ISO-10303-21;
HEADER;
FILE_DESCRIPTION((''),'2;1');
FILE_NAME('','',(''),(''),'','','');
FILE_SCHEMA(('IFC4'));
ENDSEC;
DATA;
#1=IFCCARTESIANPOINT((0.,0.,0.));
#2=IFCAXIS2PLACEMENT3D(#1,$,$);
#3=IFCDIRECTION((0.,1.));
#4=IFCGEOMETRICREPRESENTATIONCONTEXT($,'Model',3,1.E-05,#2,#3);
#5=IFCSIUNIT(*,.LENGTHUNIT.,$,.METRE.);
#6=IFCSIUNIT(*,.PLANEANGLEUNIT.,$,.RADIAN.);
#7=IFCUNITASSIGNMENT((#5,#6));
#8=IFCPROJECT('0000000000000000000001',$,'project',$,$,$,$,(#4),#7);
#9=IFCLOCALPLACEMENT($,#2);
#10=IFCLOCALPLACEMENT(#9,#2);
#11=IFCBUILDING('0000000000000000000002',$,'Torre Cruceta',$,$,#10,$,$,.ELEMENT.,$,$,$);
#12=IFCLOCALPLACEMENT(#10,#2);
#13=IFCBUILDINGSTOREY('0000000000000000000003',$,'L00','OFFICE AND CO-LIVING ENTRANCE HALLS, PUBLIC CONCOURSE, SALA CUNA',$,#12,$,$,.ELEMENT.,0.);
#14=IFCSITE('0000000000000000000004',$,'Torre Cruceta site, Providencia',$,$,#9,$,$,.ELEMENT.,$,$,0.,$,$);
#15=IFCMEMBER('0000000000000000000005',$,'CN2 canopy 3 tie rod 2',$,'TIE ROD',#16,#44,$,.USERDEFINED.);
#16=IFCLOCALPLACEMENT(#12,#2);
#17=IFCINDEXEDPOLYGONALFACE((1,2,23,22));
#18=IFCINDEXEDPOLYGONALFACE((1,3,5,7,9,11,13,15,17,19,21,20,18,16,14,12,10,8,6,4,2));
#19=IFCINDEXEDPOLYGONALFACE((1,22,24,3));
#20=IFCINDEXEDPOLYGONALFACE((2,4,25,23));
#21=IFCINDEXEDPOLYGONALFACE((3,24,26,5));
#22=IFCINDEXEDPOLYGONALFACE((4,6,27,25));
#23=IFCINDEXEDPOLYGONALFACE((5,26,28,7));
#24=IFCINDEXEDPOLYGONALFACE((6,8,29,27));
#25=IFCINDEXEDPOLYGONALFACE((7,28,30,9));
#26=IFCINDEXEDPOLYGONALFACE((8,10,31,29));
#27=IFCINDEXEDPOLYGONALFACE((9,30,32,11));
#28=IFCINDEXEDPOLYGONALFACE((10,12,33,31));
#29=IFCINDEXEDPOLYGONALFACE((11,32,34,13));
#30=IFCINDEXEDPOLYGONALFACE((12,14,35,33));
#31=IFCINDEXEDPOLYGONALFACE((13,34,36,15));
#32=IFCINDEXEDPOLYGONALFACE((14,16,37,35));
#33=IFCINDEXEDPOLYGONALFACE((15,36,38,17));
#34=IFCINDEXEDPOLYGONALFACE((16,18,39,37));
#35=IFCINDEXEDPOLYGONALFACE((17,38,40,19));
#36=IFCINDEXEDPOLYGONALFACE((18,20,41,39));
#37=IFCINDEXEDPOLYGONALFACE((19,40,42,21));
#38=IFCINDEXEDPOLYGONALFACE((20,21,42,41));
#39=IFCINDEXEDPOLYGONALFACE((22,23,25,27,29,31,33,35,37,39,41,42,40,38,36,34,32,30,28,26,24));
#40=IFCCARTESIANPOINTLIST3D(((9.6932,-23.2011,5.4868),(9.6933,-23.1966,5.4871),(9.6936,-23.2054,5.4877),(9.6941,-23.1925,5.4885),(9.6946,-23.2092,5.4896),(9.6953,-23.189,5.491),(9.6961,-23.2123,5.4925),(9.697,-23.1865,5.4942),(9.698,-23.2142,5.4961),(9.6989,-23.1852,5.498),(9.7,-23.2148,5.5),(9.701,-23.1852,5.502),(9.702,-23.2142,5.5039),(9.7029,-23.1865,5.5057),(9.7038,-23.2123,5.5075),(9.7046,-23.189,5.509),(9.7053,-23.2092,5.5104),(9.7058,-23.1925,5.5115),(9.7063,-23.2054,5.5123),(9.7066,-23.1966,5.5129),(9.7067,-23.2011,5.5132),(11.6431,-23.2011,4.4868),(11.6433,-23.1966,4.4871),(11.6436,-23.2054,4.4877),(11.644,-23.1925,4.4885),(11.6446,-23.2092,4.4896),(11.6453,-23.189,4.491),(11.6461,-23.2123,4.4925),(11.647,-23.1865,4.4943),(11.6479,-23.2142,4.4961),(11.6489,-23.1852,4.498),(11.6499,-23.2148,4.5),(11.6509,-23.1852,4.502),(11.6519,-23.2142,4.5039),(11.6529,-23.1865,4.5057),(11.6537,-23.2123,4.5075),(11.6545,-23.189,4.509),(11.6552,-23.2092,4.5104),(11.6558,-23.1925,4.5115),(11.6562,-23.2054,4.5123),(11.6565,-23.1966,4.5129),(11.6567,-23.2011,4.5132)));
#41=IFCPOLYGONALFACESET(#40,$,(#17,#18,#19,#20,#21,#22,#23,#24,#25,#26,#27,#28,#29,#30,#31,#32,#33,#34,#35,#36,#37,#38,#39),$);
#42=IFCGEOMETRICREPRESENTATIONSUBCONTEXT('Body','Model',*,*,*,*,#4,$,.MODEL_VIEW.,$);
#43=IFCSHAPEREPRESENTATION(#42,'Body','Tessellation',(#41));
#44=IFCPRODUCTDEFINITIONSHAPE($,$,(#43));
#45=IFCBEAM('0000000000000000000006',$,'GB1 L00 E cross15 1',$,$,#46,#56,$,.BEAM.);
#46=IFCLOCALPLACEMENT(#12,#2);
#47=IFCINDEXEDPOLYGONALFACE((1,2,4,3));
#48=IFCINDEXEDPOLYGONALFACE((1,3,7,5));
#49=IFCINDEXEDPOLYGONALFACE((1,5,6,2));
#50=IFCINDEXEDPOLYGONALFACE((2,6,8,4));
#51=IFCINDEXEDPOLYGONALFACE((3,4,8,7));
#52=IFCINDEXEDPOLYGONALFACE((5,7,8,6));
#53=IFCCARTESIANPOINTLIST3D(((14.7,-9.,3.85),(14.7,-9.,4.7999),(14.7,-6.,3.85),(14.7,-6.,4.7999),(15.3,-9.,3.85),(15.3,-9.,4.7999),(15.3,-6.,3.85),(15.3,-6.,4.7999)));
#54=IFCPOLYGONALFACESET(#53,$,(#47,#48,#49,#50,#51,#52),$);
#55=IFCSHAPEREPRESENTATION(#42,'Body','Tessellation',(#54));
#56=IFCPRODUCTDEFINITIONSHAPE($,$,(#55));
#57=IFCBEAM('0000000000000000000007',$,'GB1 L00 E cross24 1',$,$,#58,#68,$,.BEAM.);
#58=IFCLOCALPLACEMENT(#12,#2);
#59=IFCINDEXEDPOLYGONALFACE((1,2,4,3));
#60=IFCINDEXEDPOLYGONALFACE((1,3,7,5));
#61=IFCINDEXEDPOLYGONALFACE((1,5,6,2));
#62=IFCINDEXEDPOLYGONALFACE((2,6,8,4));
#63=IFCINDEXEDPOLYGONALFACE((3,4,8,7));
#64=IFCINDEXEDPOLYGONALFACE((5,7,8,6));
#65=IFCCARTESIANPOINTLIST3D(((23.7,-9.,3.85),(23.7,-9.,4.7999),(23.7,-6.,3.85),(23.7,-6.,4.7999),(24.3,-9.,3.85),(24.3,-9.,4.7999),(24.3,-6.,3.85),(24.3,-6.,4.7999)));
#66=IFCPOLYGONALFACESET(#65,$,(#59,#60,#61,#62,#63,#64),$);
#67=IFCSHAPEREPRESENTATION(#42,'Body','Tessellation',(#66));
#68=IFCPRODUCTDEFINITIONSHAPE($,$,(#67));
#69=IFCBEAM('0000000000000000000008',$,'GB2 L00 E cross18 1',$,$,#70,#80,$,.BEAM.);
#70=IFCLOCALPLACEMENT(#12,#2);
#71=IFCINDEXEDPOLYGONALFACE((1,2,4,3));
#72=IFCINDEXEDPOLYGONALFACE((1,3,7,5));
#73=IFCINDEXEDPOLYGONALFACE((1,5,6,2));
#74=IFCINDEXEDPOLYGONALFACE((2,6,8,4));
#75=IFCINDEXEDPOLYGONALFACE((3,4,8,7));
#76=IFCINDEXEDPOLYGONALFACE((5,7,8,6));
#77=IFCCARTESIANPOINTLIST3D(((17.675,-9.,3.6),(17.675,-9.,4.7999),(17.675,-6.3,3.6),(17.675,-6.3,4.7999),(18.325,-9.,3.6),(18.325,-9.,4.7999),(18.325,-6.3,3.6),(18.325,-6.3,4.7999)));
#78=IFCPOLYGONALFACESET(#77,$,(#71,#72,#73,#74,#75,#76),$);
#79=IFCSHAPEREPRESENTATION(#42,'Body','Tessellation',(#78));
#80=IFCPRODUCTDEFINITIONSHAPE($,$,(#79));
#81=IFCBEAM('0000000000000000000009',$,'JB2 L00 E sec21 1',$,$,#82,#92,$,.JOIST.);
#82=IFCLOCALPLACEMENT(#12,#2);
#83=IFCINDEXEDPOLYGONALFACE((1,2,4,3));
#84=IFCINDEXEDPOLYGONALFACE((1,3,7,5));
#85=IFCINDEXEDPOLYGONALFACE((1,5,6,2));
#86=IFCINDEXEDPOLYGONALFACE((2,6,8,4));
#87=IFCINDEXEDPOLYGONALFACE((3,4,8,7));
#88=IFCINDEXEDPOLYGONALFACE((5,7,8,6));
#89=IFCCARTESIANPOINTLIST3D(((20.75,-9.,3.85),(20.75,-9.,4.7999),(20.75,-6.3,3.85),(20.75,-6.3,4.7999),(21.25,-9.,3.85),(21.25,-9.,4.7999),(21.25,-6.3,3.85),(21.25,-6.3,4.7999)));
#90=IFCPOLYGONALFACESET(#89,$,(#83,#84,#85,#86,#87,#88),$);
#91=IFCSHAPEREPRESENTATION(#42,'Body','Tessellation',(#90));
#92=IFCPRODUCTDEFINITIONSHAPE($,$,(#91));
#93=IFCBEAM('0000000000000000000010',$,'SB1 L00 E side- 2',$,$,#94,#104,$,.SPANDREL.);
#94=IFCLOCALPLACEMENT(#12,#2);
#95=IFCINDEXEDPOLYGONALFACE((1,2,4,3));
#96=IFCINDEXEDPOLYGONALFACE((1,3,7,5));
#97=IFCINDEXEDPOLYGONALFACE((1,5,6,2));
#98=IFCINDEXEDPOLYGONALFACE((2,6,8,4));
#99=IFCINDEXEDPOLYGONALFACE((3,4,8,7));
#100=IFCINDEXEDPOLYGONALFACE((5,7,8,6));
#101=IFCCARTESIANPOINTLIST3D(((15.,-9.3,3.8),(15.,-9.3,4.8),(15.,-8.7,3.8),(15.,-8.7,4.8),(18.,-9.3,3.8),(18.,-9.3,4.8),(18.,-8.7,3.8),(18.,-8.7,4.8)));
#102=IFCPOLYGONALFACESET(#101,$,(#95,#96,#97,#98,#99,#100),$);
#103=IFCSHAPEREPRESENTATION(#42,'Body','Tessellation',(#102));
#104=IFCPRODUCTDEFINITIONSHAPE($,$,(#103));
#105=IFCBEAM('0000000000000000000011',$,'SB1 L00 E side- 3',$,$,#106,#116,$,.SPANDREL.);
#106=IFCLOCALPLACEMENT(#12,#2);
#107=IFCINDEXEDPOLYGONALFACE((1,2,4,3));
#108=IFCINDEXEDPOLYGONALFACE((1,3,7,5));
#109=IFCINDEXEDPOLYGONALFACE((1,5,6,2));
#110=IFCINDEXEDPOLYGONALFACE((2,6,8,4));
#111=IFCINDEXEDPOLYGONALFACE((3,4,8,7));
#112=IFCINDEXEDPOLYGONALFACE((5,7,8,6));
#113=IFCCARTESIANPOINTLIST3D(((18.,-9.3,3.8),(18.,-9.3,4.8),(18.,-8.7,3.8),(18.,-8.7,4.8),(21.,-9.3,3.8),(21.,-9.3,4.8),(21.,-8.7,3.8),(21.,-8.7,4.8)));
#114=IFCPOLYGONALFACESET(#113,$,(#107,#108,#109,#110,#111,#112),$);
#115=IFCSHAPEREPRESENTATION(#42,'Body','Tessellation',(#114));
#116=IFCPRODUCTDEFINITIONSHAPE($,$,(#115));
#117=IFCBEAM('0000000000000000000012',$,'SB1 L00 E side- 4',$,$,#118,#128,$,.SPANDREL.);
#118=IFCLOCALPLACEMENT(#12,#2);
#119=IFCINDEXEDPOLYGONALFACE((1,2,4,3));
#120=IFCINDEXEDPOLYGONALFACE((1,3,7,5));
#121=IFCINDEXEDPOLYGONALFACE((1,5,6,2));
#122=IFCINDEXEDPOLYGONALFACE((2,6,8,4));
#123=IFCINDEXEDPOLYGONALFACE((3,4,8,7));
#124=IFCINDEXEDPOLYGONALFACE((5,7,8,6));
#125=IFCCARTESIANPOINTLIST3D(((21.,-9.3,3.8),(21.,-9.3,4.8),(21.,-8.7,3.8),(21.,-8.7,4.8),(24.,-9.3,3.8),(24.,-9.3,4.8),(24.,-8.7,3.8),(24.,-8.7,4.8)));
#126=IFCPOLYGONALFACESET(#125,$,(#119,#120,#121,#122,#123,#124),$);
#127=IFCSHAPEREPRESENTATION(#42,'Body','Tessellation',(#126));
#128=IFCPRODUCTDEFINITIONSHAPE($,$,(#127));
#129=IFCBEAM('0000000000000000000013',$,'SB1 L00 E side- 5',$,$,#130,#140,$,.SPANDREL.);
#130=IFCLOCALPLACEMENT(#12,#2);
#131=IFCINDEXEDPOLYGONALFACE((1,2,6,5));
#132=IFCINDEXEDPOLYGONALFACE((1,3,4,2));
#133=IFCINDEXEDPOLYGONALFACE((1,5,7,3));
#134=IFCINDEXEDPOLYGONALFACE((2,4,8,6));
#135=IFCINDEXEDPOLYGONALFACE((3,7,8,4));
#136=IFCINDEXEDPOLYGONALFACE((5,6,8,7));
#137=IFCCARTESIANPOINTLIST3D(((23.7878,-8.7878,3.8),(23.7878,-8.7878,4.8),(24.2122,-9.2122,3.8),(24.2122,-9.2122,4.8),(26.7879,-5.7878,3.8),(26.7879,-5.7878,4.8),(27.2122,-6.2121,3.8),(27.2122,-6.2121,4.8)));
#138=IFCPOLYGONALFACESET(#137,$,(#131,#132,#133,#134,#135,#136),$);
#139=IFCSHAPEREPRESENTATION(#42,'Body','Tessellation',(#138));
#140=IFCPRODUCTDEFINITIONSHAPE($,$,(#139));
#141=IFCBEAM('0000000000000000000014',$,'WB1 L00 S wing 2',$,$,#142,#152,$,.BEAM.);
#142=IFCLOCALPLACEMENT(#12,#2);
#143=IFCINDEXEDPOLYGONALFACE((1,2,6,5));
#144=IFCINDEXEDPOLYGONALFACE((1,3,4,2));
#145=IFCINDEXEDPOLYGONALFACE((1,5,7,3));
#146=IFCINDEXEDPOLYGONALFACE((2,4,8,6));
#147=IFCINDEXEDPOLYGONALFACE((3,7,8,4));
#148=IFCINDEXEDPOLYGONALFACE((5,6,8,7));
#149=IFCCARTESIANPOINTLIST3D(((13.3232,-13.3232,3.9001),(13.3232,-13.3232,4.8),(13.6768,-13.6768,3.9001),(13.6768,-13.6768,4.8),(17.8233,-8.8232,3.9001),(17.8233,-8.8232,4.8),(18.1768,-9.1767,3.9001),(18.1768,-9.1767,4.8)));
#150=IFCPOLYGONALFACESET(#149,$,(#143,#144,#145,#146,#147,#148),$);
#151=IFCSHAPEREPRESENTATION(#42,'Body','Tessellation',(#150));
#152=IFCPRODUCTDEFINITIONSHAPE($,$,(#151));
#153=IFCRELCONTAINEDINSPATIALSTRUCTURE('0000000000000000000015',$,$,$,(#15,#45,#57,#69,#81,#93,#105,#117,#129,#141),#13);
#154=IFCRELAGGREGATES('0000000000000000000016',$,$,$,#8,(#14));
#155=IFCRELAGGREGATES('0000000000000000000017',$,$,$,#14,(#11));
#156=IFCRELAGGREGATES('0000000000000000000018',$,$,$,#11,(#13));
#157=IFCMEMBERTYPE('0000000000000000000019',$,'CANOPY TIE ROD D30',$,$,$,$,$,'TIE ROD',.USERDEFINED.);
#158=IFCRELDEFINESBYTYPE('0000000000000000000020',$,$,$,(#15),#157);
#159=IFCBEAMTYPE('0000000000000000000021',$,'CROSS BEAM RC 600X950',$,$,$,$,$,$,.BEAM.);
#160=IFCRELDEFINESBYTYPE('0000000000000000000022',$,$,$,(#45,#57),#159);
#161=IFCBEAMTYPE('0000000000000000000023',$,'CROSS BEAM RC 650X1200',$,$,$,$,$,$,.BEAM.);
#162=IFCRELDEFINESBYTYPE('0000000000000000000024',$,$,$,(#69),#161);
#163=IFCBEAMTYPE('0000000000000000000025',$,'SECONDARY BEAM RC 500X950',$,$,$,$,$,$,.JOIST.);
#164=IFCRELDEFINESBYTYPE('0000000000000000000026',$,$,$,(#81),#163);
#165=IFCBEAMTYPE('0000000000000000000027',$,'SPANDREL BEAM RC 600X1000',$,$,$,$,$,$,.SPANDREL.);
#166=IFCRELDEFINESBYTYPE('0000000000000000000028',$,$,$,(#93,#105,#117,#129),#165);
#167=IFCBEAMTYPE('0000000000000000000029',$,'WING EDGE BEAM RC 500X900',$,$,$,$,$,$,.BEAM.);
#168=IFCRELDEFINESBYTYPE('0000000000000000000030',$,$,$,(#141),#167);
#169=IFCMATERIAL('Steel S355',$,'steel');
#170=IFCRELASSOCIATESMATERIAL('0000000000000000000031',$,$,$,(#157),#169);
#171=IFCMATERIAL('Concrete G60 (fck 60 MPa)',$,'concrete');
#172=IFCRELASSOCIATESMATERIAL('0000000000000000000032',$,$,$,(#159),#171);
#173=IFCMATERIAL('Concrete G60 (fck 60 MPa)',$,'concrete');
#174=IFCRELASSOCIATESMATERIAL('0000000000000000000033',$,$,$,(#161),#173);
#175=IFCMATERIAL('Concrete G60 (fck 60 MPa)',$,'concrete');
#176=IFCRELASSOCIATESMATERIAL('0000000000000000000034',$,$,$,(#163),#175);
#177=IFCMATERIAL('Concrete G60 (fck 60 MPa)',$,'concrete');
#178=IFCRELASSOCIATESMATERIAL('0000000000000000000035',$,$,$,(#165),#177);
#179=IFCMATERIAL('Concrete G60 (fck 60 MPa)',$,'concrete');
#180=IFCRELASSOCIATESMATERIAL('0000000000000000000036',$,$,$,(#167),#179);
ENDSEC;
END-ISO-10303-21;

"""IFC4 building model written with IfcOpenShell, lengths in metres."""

from ifc_helpers import new_model, si_unit, direction, frame, origin, origin_2d, place, context, subcontext, project, spatial, rectangle, circle, extrude, material, material_profile, profile_set, type_object, element, save


model = new_model("IFC4")

# Units and contexts
model_context = context("Model", 3, precision=1e-05, world=origin(), true_north=direction((0.0, 1.0)))
body_context = subcontext(model_context, "Body", "Model", "MODEL_VIEW")
ifc_project = project(units=[si_unit("LENGTHUNIT", "METRE"), si_unit("PLANEANGLEUNIT", "RADIAN")], contexts=[model_context])

# Site, building, storey
site_placement = place(None, origin())
site = spatial("IfcSite", under=ifc_project, at=site_placement, Name="Torre Cruceta site, Providencia", CompositionType="ELEMENT", RefElevation=0.0)
building_placement = place(site_placement, origin())
building = spatial("IfcBuilding", under=site, at=building_placement, Name="Torre Cruceta", CompositionType="ELEMENT")
storey_placement = place(building_placement, origin())
storey = spatial("IfcBuildingStorey", under=building, at=storey_placement, Name="L00", Description="OFFICE AND CO-LIVING ENTRANCE HALLS, PUBLIC CONCOURSE, SALA CUNA", CompositionType="ELEMENT", Elevation=0.0)

# Member
ifc_material_1 = material(Name="Steel S355", Category="steel")
ifc_material_profile_1 = material_profile(ifc_material_1, circle(Radius=0.0149, at=origin_2d()), Name="ROD D30")
ifc_profile_set_1 = profile_set([ifc_material_profile_1], Name="Steel S355")
member_type_1 = type_object("IfcMemberType", Name="CANOPY TIE ROD D30", ElementType="TIE ROD", PredefinedType="USERDEFINED", material=ifc_profile_set_1)
member_1_placement = place(storey_placement, frame((11.6499, -23.2, 4.5), z_axis=(-0.889813, 0.0, 0.456326), x_axis=(0.0, -1.0, 0.0)))
element("IfcMember", 1, at=member_1_placement, inside=storey, type_object=member_type_1, Name="CN2 canopy 3 tie rod 2", ObjectType="TIE ROD", PredefinedType="USERDEFINED", context=body_context, shape_type="SweptSolid", body=[
    extrude(circle(Radius=0.0149, at=origin_2d()), origin(), (0.0, 0.0, 1.0), 2.1914),
])

# Beams
ifc_material_2 = material(Name="Concrete G60 (fck 60 MPa)", Category="concrete")
ifc_material_profile_2 = material_profile(ifc_material_2, rectangle(XDim=0.6001, YDim=0.95, at=origin_2d()), Name="RC 600X950")
ifc_profile_set_2 = profile_set([ifc_material_profile_2], Name="Concrete G60 (fck 60 MPa)")
beam_type_1 = type_object("IfcBeamType", Name="CROSS BEAM RC 600X950", PredefinedType="BEAM", material=ifc_profile_set_2)
for number, where, z_axis, x_axis, name in (
    (2, (15.0, -9.0, 4.325), (0.0, 1.0, 0.0), (-1.0, 0.0, 0.0), "GB1 L00 E cross15 1"),
    (3, (24.0, -9.0, 4.325), (0.0, 1.0, 0.0), (-1.0, 0.0, 0.0), "GB1 L00 E cross24 1"),
):
    element("IfcBeam", number, at=place(storey_placement, frame(where, z_axis=z_axis, x_axis=x_axis)), inside=storey, type_object=beam_type_1, Name=name, PredefinedType="BEAM", context=body_context, shape_type="SweptSolid", body=[
        extrude(rectangle(XDim=0.6001, YDim=0.95, at=origin_2d()), origin(), (0.0, 0.0, 1.0), 3.0),
    ])
ifc_material_3 = material(Name="Concrete G60 (fck 60 MPa)", Category="concrete")
ifc_material_profile_3 = material_profile(ifc_material_3, rectangle(XDim=0.6499, YDim=1.2, at=origin_2d()), Name="RC 650X1200")
ifc_profile_set_3 = profile_set([ifc_material_profile_3], Name="Concrete G60 (fck 60 MPa)")
beam_type_2 = type_object("IfcBeamType", Name="CROSS BEAM RC 650X1200", PredefinedType="BEAM", material=ifc_profile_set_3)
beam_1_placement = place(storey_placement, frame((18.0, -9.0, 4.2), z_axis=(0.0, 1.0, 0.0), x_axis=(-1.0, 0.0, 0.0)))
element("IfcBeam", 4, at=beam_1_placement, inside=storey, type_object=beam_type_2, Name="GB2 L00 E cross18 1", PredefinedType="BEAM", context=body_context, shape_type="SweptSolid", body=[
    extrude(rectangle(XDim=0.6499, YDim=1.2, at=origin_2d()), origin(), (0.0, 0.0, 1.0), 2.7),
])
ifc_material_4 = material(Name="Concrete G60 (fck 60 MPa)", Category="concrete")
ifc_material_profile_4 = material_profile(ifc_material_4, rectangle(XDim=0.5, YDim=0.95, at=origin_2d()), Name="RC 500X950")
ifc_profile_set_4 = profile_set([ifc_material_profile_4], Name="Concrete G60 (fck 60 MPa)")
beam_type_3 = type_object("IfcBeamType", Name="SECONDARY BEAM RC 500X950", PredefinedType="JOIST", material=ifc_profile_set_4)
beam_2_placement = place(storey_placement, frame((21.0, -9.0, 4.325), z_axis=(0.0, 1.0, 0.0), x_axis=(-1.0, 0.0, 0.0)))
element("IfcBeam", 5, at=beam_2_placement, inside=storey, type_object=beam_type_3, Name="JB2 L00 E sec21 1", PredefinedType="JOIST", context=body_context, shape_type="SweptSolid", body=[
    extrude(rectangle(XDim=0.5, YDim=0.95, at=origin_2d()), origin(), (0.0, 0.0, 1.0), 2.7),
])
ifc_material_5 = material(Name="Concrete G60 (fck 60 MPa)", Category="concrete")
ifc_material_profile_5 = material_profile(ifc_material_5, rectangle(XDim=0.6001, YDim=1.0, at=origin_2d()), Name="RC 600X1000")
ifc_profile_set_5 = profile_set([ifc_material_profile_5], Name="Concrete G60 (fck 60 MPa)")
beam_type_4 = type_object("IfcBeamType", Name="SPANDREL BEAM RC 600X1000", PredefinedType="SPANDREL", material=ifc_profile_set_5)
for number, where, z_axis, x_axis, name in (
    (6, (15.0, -9.0, 4.3), (1.0, 0.0, 0.0), (0.0, 1.0, 0.0), "SB1 L00 E side- 2"),
    (7, (18.0, -9.0, 4.3), (1.0, 0.0, 0.0), (0.0, 1.0, 0.0), "SB1 L00 E side- 3"),
    (8, (21.0, -9.0, 4.3), (1.0, 0.0, 0.0), (0.0, 1.0, 0.0), "SB1 L00 E side- 4"),
):
    element("IfcBeam", number, at=place(storey_placement, frame(where, z_axis=z_axis, x_axis=x_axis)), inside=storey, type_object=beam_type_4, Name=name, PredefinedType="SPANDREL", context=body_context, shape_type="SweptSolid", body=[
        extrude(rectangle(XDim=0.6001, YDim=1.0, at=origin_2d()), origin(), (0.0, 0.0, 1.0), 3.0),
    ])
beam_3_placement = place(storey_placement, frame((24.0, -9.0, 4.3), z_axis=(0.707107, 0.707107, 0.0), x_axis=(-0.707107, 0.707107, 0.0)))
element("IfcBeam", 9, at=beam_3_placement, inside=storey, type_object=beam_type_4, Name="SB1 L00 E side- 5", PredefinedType="SPANDREL", context=body_context, shape_type="SweptSolid", body=[
    extrude(rectangle(XDim=0.6001, YDim=1.0, at=origin_2d()), origin(), (0.0, 0.0, 1.0), 4.2427),
])
ifc_material_6 = material(Name="Concrete G60 (fck 60 MPa)", Category="concrete")
ifc_material_profile_6 = material_profile(ifc_material_6, rectangle(XDim=0.5, YDim=0.8999, at=origin_2d()), Name="RC 500X900")
ifc_profile_set_6 = profile_set([ifc_material_profile_6], Name="Concrete G60 (fck 60 MPa)")
beam_type_5 = type_object("IfcBeamType", Name="WING EDGE BEAM RC 500X900", PredefinedType="BEAM", material=ifc_profile_set_6)
beam_4_placement = place(storey_placement, frame((13.5, -13.5, 4.3501), z_axis=(0.707107, 0.707107, 0.0), x_axis=(-0.707107, 0.707107, 0.0)))
element("IfcBeam", 10, at=beam_4_placement, inside=storey, type_object=beam_type_5, Name="WB1 L00 S wing 2", PredefinedType="BEAM", context=body_context, shape_type="SweptSolid", body=[
    extrude(rectangle(XDim=0.5, YDim=0.8999, at=origin_2d()), origin(), (0.0, 0.0, 1.0), 6.364),
])

save(model, "model.ifc")
